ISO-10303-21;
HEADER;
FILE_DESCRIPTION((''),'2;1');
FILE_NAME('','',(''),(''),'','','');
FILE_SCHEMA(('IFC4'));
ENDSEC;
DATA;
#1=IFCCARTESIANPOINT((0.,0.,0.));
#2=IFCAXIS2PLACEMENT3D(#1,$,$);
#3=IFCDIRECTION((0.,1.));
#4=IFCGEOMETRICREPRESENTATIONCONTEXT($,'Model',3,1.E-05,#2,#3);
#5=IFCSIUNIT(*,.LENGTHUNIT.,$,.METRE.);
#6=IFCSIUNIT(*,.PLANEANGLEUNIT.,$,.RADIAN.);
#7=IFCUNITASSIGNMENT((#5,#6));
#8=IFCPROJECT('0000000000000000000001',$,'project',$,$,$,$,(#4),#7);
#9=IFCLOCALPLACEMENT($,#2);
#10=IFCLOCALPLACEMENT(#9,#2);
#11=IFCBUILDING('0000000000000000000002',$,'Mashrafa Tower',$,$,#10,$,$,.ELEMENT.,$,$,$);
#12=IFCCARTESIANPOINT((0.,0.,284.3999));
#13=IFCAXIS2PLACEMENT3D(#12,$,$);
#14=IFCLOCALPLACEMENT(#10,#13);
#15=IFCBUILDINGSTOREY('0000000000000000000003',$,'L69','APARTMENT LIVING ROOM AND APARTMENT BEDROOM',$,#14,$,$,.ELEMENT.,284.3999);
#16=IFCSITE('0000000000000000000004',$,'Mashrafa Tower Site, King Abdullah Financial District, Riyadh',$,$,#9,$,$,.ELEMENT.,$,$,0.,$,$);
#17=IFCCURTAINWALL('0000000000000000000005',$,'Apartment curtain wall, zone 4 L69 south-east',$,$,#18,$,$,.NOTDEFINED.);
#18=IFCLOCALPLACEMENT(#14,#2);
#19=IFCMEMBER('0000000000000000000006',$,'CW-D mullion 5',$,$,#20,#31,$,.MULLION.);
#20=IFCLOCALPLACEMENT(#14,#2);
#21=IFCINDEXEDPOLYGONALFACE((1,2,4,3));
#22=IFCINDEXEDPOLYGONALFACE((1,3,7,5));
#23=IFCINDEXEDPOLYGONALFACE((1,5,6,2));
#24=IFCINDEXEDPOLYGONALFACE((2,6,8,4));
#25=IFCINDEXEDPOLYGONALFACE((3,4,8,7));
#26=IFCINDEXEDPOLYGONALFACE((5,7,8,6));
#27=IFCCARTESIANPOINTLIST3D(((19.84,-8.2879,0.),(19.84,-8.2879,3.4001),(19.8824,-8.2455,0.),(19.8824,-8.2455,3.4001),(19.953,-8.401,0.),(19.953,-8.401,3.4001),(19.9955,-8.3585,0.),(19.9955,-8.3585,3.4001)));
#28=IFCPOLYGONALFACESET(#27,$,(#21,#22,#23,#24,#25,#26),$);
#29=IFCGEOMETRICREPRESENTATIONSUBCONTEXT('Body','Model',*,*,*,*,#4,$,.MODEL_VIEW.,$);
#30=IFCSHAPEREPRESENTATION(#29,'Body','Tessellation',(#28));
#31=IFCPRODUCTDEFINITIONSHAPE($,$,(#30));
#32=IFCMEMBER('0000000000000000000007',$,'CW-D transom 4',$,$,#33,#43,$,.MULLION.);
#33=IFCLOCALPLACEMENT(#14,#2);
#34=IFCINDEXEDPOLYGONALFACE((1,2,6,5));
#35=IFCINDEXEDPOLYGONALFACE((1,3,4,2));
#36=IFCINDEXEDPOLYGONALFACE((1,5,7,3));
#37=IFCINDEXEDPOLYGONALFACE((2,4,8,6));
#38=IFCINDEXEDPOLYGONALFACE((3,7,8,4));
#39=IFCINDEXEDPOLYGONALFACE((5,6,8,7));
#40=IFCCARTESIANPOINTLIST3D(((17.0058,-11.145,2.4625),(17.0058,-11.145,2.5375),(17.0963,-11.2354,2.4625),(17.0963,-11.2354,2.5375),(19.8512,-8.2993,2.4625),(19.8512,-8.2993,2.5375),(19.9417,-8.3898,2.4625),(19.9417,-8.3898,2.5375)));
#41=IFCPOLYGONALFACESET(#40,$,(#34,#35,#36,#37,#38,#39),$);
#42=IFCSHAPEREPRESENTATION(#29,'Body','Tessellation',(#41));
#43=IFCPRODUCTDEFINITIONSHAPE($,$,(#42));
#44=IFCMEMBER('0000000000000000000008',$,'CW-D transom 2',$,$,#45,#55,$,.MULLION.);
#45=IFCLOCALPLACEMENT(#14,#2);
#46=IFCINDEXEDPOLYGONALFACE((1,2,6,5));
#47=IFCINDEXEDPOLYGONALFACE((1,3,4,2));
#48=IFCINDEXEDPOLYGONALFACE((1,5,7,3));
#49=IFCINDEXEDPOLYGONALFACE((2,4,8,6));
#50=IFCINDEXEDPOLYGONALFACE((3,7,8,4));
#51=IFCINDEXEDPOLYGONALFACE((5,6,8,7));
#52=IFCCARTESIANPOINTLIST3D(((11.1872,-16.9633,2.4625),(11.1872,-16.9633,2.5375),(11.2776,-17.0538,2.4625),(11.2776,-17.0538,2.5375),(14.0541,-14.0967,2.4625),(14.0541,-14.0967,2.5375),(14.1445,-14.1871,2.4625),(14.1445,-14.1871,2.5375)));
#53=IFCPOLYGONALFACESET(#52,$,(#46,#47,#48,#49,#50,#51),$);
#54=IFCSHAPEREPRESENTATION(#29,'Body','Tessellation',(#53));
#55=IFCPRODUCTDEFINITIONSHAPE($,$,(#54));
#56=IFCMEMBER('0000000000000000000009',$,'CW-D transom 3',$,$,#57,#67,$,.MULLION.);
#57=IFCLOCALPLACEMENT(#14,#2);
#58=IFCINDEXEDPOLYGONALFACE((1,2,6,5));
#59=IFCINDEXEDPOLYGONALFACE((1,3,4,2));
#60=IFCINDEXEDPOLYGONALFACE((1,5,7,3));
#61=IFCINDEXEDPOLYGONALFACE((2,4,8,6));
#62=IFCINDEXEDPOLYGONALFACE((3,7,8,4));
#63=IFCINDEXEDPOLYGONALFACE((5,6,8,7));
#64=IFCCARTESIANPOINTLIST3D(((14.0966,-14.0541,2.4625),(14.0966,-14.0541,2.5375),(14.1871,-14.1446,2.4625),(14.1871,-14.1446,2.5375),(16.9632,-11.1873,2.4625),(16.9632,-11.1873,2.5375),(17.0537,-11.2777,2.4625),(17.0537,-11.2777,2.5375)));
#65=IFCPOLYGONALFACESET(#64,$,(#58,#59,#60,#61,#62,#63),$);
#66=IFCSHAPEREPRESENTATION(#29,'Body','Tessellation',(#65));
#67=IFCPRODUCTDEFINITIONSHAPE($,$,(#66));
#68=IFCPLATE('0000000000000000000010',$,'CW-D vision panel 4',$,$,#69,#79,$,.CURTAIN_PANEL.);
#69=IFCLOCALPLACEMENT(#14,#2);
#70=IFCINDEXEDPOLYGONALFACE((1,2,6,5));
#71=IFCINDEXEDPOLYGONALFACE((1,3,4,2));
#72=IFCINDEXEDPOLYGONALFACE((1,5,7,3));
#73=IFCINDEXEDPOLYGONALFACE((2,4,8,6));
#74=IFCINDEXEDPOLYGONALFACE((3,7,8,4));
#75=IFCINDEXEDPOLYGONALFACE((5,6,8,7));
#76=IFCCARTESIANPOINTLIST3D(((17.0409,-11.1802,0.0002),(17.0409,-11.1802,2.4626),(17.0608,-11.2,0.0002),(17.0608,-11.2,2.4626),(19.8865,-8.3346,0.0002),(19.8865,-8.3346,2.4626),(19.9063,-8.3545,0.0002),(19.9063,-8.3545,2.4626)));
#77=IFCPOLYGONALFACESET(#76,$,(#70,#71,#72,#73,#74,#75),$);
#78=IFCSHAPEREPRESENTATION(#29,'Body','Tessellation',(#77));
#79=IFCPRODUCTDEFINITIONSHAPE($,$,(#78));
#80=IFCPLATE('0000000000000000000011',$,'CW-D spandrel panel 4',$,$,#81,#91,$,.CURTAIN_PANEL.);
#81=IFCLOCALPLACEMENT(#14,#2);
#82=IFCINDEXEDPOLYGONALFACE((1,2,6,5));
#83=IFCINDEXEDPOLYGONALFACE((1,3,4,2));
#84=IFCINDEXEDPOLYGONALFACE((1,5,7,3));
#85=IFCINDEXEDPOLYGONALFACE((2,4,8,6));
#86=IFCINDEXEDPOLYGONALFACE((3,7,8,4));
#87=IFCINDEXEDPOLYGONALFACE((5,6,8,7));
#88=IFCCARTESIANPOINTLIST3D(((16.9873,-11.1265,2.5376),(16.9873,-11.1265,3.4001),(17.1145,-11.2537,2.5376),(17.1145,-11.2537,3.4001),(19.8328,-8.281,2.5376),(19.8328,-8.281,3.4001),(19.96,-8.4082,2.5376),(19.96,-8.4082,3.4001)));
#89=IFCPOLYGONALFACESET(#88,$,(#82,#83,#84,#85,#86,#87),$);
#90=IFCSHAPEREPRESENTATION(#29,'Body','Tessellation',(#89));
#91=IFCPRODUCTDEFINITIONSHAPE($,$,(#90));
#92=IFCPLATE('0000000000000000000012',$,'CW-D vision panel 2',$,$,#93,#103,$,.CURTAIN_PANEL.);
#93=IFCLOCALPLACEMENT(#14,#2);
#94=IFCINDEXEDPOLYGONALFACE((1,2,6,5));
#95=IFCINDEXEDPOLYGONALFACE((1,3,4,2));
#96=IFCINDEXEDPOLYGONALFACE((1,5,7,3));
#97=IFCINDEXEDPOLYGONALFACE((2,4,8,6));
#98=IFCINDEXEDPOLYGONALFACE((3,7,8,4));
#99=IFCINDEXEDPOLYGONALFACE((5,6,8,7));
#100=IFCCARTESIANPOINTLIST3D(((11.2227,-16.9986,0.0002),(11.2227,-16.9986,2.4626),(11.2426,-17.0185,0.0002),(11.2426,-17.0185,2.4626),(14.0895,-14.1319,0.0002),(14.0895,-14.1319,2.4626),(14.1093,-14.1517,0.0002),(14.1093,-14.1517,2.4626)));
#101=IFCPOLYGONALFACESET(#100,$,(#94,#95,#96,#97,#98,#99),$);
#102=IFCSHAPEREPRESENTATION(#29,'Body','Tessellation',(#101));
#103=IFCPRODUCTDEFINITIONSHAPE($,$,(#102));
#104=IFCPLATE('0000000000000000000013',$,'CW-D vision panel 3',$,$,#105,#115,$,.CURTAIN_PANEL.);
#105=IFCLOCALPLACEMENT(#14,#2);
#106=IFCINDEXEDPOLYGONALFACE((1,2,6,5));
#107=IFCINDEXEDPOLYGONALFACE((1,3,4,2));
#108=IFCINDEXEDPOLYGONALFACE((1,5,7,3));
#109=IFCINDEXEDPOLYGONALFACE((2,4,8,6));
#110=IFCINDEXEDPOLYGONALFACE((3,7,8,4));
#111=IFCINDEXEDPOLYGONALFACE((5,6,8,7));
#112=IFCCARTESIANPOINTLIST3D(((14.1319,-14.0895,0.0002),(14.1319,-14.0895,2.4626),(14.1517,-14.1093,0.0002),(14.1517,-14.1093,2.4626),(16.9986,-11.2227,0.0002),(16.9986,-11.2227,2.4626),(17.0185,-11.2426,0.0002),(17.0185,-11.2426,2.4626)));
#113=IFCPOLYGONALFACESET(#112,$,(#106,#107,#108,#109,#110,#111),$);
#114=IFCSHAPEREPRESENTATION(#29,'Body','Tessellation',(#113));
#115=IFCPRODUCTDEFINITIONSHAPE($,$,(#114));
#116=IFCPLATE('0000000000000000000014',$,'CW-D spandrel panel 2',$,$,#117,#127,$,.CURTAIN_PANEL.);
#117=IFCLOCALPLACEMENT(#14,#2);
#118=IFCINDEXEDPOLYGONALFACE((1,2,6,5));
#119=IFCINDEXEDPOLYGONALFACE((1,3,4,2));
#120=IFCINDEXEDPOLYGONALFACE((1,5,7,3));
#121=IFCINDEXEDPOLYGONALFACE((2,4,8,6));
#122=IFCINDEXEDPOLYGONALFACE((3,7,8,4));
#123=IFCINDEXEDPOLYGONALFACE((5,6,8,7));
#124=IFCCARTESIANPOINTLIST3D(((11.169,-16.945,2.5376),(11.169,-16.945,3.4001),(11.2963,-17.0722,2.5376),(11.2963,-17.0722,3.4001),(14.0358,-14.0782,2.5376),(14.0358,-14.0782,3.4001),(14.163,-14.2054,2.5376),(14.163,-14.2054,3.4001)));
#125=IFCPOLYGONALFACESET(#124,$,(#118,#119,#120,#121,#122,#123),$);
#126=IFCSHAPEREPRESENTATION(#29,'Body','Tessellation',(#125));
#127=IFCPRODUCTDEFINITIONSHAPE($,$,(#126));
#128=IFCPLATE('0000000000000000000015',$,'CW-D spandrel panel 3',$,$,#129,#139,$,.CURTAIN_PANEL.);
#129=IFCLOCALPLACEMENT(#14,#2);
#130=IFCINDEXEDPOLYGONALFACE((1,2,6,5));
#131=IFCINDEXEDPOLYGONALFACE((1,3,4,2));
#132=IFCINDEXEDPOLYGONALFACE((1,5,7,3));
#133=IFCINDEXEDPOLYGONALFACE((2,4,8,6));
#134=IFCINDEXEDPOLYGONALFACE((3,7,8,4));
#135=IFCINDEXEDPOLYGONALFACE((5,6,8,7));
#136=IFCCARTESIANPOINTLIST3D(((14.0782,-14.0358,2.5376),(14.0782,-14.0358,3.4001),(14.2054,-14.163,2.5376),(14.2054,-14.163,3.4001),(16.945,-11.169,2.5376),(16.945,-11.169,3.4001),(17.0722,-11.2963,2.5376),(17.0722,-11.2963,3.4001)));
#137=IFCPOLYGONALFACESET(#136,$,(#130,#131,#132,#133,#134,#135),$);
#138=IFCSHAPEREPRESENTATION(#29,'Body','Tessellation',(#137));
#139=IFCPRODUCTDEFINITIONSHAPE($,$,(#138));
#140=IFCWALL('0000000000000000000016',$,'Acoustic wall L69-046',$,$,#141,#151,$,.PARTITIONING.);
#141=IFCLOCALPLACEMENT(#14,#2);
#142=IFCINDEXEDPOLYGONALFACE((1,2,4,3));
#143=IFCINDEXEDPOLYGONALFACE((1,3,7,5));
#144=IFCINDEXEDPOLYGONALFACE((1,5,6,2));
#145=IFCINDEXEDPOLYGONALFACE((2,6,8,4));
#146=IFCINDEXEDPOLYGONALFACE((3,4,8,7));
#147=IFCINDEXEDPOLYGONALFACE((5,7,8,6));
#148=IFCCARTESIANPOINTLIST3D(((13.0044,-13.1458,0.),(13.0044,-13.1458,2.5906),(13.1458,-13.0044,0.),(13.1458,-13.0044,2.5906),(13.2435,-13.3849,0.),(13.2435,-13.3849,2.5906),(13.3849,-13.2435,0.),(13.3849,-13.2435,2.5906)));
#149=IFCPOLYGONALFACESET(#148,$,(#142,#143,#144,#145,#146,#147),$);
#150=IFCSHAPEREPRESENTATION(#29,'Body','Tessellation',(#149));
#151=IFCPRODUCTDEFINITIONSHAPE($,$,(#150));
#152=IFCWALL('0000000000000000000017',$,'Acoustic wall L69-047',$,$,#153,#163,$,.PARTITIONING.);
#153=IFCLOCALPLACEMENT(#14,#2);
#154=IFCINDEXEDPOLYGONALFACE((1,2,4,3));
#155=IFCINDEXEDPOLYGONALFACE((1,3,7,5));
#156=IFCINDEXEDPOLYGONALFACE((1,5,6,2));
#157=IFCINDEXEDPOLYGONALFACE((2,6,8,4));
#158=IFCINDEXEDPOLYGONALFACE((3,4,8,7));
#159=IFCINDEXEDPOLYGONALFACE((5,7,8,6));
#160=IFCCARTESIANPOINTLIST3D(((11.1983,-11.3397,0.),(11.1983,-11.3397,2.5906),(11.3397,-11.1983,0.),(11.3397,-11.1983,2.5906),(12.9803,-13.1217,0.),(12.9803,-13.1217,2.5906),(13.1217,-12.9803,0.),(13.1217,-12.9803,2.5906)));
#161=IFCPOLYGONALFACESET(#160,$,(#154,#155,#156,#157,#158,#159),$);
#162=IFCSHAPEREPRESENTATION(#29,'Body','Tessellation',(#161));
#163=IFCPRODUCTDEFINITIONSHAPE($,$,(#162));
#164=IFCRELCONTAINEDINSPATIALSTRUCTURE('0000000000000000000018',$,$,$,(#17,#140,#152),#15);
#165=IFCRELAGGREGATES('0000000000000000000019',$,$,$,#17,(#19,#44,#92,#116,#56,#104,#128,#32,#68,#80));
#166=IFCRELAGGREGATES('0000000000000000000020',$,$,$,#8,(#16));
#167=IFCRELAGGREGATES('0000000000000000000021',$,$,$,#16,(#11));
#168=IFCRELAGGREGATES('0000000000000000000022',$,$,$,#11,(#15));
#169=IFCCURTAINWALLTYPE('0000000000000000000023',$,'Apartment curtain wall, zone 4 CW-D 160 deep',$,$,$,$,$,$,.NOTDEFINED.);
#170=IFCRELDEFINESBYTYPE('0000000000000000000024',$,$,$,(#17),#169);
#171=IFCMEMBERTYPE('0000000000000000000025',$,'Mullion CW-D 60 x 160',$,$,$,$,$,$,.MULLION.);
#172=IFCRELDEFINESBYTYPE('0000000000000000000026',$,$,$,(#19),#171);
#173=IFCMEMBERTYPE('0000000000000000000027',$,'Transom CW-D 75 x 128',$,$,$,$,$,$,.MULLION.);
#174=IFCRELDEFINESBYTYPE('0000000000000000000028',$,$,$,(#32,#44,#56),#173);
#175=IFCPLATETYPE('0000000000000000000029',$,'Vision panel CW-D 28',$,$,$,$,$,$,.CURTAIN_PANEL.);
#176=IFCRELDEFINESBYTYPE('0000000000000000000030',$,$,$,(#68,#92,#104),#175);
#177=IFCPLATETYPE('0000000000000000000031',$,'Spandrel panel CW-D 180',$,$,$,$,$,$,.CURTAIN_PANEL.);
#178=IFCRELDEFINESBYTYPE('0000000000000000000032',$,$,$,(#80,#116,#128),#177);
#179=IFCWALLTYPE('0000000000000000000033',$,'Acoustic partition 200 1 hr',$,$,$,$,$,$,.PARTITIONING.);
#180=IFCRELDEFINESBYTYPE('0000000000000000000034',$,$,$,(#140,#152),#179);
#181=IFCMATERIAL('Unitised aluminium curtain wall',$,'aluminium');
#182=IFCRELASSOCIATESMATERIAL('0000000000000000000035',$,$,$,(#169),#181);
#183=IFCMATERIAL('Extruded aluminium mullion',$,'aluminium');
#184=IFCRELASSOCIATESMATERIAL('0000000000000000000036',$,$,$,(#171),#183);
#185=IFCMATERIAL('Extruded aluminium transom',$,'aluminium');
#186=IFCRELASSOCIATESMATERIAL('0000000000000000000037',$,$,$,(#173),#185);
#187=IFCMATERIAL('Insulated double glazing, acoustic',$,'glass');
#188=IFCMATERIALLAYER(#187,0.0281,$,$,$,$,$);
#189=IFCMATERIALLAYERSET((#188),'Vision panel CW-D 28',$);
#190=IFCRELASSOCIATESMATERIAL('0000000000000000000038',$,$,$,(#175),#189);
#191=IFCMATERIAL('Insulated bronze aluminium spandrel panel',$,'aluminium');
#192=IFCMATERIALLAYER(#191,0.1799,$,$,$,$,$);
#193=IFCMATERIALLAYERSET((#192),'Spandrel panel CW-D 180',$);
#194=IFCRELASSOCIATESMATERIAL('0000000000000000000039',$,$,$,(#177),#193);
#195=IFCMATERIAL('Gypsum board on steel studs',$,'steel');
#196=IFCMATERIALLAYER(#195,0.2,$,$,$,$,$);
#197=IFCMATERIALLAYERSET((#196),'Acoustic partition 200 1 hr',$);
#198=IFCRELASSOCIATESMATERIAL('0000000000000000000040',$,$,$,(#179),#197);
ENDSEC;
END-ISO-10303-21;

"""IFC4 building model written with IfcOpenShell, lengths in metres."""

from ifc_helpers import new_model, si_unit, direction, frame, frame_2d, origin, origin_2d, place, context, subcontext, project, spatial, rectangle, extrude, source, transform, mapped, material, layer, layer_set, material_profile, profile_set, type_object, type_shapes, element, aggregate, save


model = new_model("IFC4")

# Units and contexts
model_context = context("Model", 3, precision=1e-05, world=origin(), true_north=direction((0.0, 1.0)))
body_context = subcontext(model_context, "Body", "Model", "MODEL_VIEW")
ifc_project = project(units=[si_unit("LENGTHUNIT", "METRE"), si_unit("PLANEANGLEUNIT", "RADIAN")], contexts=[model_context])

# Site, building, storey
site_placement = place(None, origin())
site = spatial("IfcSite", under=ifc_project, at=site_placement, Name="Mashrafa Tower Site, King Abdullah Financial District, Riyadh", CompositionType="ELEMENT", RefElevation=0.0)
building_placement = place(site_placement, origin())
building = spatial("IfcBuilding", under=site, at=building_placement, Name="Mashrafa Tower", CompositionType="ELEMENT")
storey_placement = place(building_placement, frame((0.0, 0.0, 284.3999)))
storey = spatial("IfcBuildingStorey", under=building, at=storey_placement, Name="L69", Description="APARTMENT LIVING ROOM AND APARTMENT BEDROOM", CompositionType="ELEMENT", Elevation=284.3999)

# Shared definitions
ifc_material_1 = material(Name="Unitised aluminium curtain wall", Category="aluminium")
curtain_wall_type = type_object("IfcCurtainWallType", Name="Apartment curtain wall, zone 4 CW-D 160 deep", PredefinedType="NOTDEFINED", material=ifc_material_1)
ifc_material_2 = material(Name="Extruded aluminium mullion", Category="aluminium")
ifc_material_profile_1 = material_profile(ifc_material_2, rectangle(XDim=0.1599, YDim=0.0601, at=origin_2d()), Name="Mullion 60x160")
ifc_profile_set_1 = profile_set([ifc_material_profile_1], Name="Extruded aluminium mullion")
member_type_1 = type_object("IfcMemberType", Name="Mullion CW-D 60 x 160", PredefinedType="MULLION", material=ifc_profile_set_1)
shared_shape_1 = source(origin(), body_context, "Body", "SweptSolid", [
    extrude(rectangle(XDim=0.1599, YDim=0.0601, at=origin_2d()), origin(), (0.0, 0.0, 1.0), 3.4001),
])
type_shapes(member_type_1, [shared_shape_1])

# Curtain wall, members, plates
curtain_wall_1_placement = place(storey_placement, origin())
curtain_wall_1 = element("IfcCurtainWall", 1, at=curtain_wall_1_placement, inside=storey, type_object=curtain_wall_type, Name="Apartment curtain wall, zone 4 L69 south-east", PredefinedType="NOTDEFINED")
member_1_placement = place(storey_placement, frame((19.9177, -8.3232, 0.0), z_axis=(0.0, 0.0, 1.0), x_axis=(-0.707107, 0.707107, 0.0)))
member_1 = element("IfcMember", 2, at=member_1_placement, type_object=member_type_1, Name="CW-D mullion 5", PredefinedType="MULLION", context=body_context, shape_type="MappedRepresentation", body=[
    mapped(shared_shape_1, transform((0.0, 0.0, 0.0))),
])
ifc_material_3 = material(Name="Extruded aluminium transom", Category="aluminium")
ifc_material_profile_2 = material_profile(ifc_material_3, rectangle(XDim=0.1279, YDim=0.075, at=origin_2d()), Name="Transom 75x128")
ifc_profile_set_2 = profile_set([ifc_material_profile_2], Name="Extruded aluminium transom")
member_type_2 = type_object("IfcMemberType", Name="Transom CW-D 75 x 128", PredefinedType="MULLION", material=ifc_profile_set_2)
shared_shape_2 = source(origin(), body_context, "Body", "SweptSolid", [
    extrude(rectangle(XDim=0.1279, YDim=0.075, at=origin_2d()), origin(), (0.0, 0.0, 1.0), 4.0242),
])
member_2_placement = place(storey_placement, frame((17.051, -11.1902, 2.5), z_axis=(0.707076, 0.707137, 0.0), x_axis=(-0.707137, 0.707076, 0.0)))
member_2 = element("IfcMember", 3, at=member_2_placement, type_object=member_type_2, Name="CW-D transom 4", PredefinedType="MULLION", context=body_context, shape_type="MappedRepresentation", body=[
    mapped(shared_shape_2, transform((0.0, 0.0, 0.0))),
])
shared_shape_3 = source(origin(), body_context, "Body", "SweptSolid", [
    extrude(rectangle(XDim=0.1279, YDim=0.075, at=origin_2d()), origin(), (0.0, 0.0, 1.0), 4.0542),
])
type_shapes(member_type_2, [shared_shape_2, shared_shape_3])
member_3_placement = place(storey_placement, frame((11.2324, -17.0085, 2.5), z_axis=(0.707137, 0.707077, 0.0), x_axis=(-0.707077, 0.707137, 0.0)))
member_3 = element("IfcMember", 4, at=member_3_placement, type_object=member_type_2, Name="CW-D transom 2", PredefinedType="MULLION", context=body_context, shape_type="MappedRepresentation", body=[
    mapped(shared_shape_3, transform((0.0, 0.0, 0.0))),
])
member_4_placement = place(storey_placement, frame((14.1418, -14.0994, 2.5), z_axis=(0.707077, 0.707137, 0.0), x_axis=(-0.707137, 0.707077, 0.0)))
member_4 = element("IfcMember", 5, at=member_4_placement, type_object=member_type_2, Name="CW-D transom 3", PredefinedType="MULLION", context=body_context, shape_type="MappedRepresentation", body=[
    mapped(shared_shape_3, transform((0.0, 0.0, 0.0))),
])
ifc_material_4 = material(Name="Insulated double glazing, acoustic", Category="glass")
ifc_layer_1 = layer(ifc_material_4, 0.0281)
ifc_layer_set_1 = layer_set([ifc_layer_1], Name="Vision panel CW-D 28")
plate_type_1 = type_object("IfcPlateType", Name="Vision panel CW-D 28", PredefinedType="CURTAIN_PANEL", material=ifc_layer_set_1)
shared_shape_4 = source(origin(), body_context, "Body", "SweptSolid", [
    extrude(rectangle(XDim=4.0242, YDim=0.0281, at=origin_2d()), origin(), (0.0, 0.0, 1.0), 2.4624),
])
plate_1_placement = place(storey_placement, frame((18.4736, -9.7673, 0.0002), z_axis=(0.0, 0.0, 1.0), x_axis=(0.707107, 0.707107, 0.0)))
plate_1 = element("IfcPlate", 6, at=plate_1_placement, type_object=plate_type_1, Name="CW-D vision panel 4", PredefinedType="CURTAIN_PANEL", context=body_context, shape_type="MappedRepresentation", body=[
    mapped(shared_shape_4, transform((0.0, 0.0, 0.0))),
])
ifc_material_5 = material(Name="Insulated bronze aluminium spandrel panel", Category="aluminium")
ifc_layer_2 = layer(ifc_material_5, 0.1799)
ifc_layer_set_2 = layer_set([ifc_layer_2], Name="Spandrel panel CW-D 180")
plate_type_2 = type_object("IfcPlateType", Name="Spandrel panel CW-D 180", PredefinedType="CURTAIN_PANEL", material=ifc_layer_set_2)
shared_shape_5 = source(origin(), body_context, "Body", "SweptSolid", [
    extrude(rectangle(XDim=4.0242, YDim=0.1799, at=origin_2d()), origin(), (0.0, 0.0, 1.0), 0.8625),
])
plate_2_placement = place(storey_placement, frame((18.4736, -9.7673, 2.5376), z_axis=(0.0, 0.0, 1.0), x_axis=(0.707107, 0.707107, 0.0)))
plate_2 = element("IfcPlate", 7, at=plate_2_placement, type_object=plate_type_2, Name="CW-D spandrel panel 4", PredefinedType="CURTAIN_PANEL", context=body_context, shape_type="MappedRepresentation", body=[
    mapped(shared_shape_5, transform((0.0, 0.0, 0.0))),
])
shared_shape_6 = source(origin(), body_context, "Body", "SweptSolid", [
    extrude(rectangle(XDim=4.0542, YDim=0.0281, at=origin_2d()), origin(), (0.0, 0.0, 1.0), 2.4624),
])
type_shapes(plate_type_1, [shared_shape_4, shared_shape_6])
plate_3_placement = place(storey_placement, frame((12.666, -15.5752, 0.0002), z_axis=(0.0, 0.0, 1.0), x_axis=(0.707107, 0.707107, 0.0)))
plate_3 = element("IfcPlate", 8, at=plate_3_placement, type_object=plate_type_1, Name="CW-D vision panel 2", PredefinedType="CURTAIN_PANEL", context=body_context, shape_type="MappedRepresentation", body=[
    mapped(shared_shape_6, transform((0.0, 0.0, 0.0))),
])
plate_4_placement = place(storey_placement, frame((15.5752, -12.666, 0.0002), z_axis=(0.0, 0.0, 1.0), x_axis=(0.707107, 0.707107, 0.0)))
plate_4 = element("IfcPlate", 9, at=plate_4_placement, type_object=plate_type_1, Name="CW-D vision panel 3", PredefinedType="CURTAIN_PANEL", context=body_context, shape_type="MappedRepresentation", body=[
    mapped(shared_shape_6, transform((0.0, 0.0, 0.0))),
])
shared_shape_7 = source(origin(), body_context, "Body", "SweptSolid", [
    extrude(rectangle(XDim=4.0542, YDim=0.1799, at=origin_2d()), origin(), (0.0, 0.0, 1.0), 0.8625),
])
type_shapes(plate_type_2, [shared_shape_5, shared_shape_7])
plate_5_placement = place(storey_placement, frame((12.666, -15.5752, 2.5376), z_axis=(0.0, 0.0, 1.0), x_axis=(0.707107, 0.707107, 0.0)))
plate_5 = element("IfcPlate", 10, at=plate_5_placement, type_object=plate_type_2, Name="CW-D spandrel panel 2", PredefinedType="CURTAIN_PANEL", context=body_context, shape_type="MappedRepresentation", body=[
    mapped(shared_shape_7, transform((0.0, 0.0, 0.0))),
])
plate_6_placement = place(storey_placement, frame((15.5752, -12.666, 2.5376), z_axis=(0.0, 0.0, 1.0), x_axis=(0.707107, 0.707107, 0.0)))
plate_6 = element("IfcPlate", 11, at=plate_6_placement, type_object=plate_type_2, Name="CW-D spandrel panel 3", PredefinedType="CURTAIN_PANEL", context=body_context, shape_type="MappedRepresentation", body=[
    mapped(shared_shape_7, transform((0.0, 0.0, 0.0))),
])
aggregate(curtain_wall_1, [member_1, member_3, plate_3, plate_5, member_4, plate_4, plate_6, member_2, plate_1, plate_2])

# Walls
ifc_material_6 = material(Name="Gypsum board on steel studs", Category="steel")
ifc_layer_3 = layer(ifc_material_6, 0.2)
ifc_layer_set_3 = layer_set([ifc_layer_3], Name="Acoustic partition 200 1 hr")
wall_type_1 = type_object("IfcWallType", Name="Acoustic partition 200 1 hr", PredefinedType="PARTITIONING", material=ifc_layer_set_3)
wall_1_placement = place(storey_placement, frame((13.0752, -13.0752, 0.0), z_axis=(0.0, 0.0, 1.0), x_axis=(0.707107, -0.707107, 0.0)))
element("IfcWall", 12, at=wall_1_placement, inside=storey, type_object=wall_type_1, Name="Acoustic wall L69-046", PredefinedType="PARTITIONING", context=body_context, shape_type="SweptSolid", body=[
    extrude(rectangle(XDim=0.3381, YDim=0.2, at=frame_2d((0.1689, 0.0))), origin(), (0.0, 0.0, 1.0), 2.5906),
])
wall_2_placement = place(storey_placement, frame((11.269, -11.269, 0.0), z_axis=(0.0, 0.0, 1.0), x_axis=(0.707107, -0.707107, 0.0)))
element("IfcWall", 13, at=wall_2_placement, inside=storey, type_object=wall_type_1, Name="Acoustic wall L69-047", PredefinedType="PARTITIONING", context=body_context, shape_type="SweptSolid", body=[
    extrude(rectangle(XDim=2.52, YDim=0.2, at=frame_2d((1.26, 0.0))), origin(), (0.0, 0.0, 1.0), 2.5906),
])

save(model, "model.ifc")
